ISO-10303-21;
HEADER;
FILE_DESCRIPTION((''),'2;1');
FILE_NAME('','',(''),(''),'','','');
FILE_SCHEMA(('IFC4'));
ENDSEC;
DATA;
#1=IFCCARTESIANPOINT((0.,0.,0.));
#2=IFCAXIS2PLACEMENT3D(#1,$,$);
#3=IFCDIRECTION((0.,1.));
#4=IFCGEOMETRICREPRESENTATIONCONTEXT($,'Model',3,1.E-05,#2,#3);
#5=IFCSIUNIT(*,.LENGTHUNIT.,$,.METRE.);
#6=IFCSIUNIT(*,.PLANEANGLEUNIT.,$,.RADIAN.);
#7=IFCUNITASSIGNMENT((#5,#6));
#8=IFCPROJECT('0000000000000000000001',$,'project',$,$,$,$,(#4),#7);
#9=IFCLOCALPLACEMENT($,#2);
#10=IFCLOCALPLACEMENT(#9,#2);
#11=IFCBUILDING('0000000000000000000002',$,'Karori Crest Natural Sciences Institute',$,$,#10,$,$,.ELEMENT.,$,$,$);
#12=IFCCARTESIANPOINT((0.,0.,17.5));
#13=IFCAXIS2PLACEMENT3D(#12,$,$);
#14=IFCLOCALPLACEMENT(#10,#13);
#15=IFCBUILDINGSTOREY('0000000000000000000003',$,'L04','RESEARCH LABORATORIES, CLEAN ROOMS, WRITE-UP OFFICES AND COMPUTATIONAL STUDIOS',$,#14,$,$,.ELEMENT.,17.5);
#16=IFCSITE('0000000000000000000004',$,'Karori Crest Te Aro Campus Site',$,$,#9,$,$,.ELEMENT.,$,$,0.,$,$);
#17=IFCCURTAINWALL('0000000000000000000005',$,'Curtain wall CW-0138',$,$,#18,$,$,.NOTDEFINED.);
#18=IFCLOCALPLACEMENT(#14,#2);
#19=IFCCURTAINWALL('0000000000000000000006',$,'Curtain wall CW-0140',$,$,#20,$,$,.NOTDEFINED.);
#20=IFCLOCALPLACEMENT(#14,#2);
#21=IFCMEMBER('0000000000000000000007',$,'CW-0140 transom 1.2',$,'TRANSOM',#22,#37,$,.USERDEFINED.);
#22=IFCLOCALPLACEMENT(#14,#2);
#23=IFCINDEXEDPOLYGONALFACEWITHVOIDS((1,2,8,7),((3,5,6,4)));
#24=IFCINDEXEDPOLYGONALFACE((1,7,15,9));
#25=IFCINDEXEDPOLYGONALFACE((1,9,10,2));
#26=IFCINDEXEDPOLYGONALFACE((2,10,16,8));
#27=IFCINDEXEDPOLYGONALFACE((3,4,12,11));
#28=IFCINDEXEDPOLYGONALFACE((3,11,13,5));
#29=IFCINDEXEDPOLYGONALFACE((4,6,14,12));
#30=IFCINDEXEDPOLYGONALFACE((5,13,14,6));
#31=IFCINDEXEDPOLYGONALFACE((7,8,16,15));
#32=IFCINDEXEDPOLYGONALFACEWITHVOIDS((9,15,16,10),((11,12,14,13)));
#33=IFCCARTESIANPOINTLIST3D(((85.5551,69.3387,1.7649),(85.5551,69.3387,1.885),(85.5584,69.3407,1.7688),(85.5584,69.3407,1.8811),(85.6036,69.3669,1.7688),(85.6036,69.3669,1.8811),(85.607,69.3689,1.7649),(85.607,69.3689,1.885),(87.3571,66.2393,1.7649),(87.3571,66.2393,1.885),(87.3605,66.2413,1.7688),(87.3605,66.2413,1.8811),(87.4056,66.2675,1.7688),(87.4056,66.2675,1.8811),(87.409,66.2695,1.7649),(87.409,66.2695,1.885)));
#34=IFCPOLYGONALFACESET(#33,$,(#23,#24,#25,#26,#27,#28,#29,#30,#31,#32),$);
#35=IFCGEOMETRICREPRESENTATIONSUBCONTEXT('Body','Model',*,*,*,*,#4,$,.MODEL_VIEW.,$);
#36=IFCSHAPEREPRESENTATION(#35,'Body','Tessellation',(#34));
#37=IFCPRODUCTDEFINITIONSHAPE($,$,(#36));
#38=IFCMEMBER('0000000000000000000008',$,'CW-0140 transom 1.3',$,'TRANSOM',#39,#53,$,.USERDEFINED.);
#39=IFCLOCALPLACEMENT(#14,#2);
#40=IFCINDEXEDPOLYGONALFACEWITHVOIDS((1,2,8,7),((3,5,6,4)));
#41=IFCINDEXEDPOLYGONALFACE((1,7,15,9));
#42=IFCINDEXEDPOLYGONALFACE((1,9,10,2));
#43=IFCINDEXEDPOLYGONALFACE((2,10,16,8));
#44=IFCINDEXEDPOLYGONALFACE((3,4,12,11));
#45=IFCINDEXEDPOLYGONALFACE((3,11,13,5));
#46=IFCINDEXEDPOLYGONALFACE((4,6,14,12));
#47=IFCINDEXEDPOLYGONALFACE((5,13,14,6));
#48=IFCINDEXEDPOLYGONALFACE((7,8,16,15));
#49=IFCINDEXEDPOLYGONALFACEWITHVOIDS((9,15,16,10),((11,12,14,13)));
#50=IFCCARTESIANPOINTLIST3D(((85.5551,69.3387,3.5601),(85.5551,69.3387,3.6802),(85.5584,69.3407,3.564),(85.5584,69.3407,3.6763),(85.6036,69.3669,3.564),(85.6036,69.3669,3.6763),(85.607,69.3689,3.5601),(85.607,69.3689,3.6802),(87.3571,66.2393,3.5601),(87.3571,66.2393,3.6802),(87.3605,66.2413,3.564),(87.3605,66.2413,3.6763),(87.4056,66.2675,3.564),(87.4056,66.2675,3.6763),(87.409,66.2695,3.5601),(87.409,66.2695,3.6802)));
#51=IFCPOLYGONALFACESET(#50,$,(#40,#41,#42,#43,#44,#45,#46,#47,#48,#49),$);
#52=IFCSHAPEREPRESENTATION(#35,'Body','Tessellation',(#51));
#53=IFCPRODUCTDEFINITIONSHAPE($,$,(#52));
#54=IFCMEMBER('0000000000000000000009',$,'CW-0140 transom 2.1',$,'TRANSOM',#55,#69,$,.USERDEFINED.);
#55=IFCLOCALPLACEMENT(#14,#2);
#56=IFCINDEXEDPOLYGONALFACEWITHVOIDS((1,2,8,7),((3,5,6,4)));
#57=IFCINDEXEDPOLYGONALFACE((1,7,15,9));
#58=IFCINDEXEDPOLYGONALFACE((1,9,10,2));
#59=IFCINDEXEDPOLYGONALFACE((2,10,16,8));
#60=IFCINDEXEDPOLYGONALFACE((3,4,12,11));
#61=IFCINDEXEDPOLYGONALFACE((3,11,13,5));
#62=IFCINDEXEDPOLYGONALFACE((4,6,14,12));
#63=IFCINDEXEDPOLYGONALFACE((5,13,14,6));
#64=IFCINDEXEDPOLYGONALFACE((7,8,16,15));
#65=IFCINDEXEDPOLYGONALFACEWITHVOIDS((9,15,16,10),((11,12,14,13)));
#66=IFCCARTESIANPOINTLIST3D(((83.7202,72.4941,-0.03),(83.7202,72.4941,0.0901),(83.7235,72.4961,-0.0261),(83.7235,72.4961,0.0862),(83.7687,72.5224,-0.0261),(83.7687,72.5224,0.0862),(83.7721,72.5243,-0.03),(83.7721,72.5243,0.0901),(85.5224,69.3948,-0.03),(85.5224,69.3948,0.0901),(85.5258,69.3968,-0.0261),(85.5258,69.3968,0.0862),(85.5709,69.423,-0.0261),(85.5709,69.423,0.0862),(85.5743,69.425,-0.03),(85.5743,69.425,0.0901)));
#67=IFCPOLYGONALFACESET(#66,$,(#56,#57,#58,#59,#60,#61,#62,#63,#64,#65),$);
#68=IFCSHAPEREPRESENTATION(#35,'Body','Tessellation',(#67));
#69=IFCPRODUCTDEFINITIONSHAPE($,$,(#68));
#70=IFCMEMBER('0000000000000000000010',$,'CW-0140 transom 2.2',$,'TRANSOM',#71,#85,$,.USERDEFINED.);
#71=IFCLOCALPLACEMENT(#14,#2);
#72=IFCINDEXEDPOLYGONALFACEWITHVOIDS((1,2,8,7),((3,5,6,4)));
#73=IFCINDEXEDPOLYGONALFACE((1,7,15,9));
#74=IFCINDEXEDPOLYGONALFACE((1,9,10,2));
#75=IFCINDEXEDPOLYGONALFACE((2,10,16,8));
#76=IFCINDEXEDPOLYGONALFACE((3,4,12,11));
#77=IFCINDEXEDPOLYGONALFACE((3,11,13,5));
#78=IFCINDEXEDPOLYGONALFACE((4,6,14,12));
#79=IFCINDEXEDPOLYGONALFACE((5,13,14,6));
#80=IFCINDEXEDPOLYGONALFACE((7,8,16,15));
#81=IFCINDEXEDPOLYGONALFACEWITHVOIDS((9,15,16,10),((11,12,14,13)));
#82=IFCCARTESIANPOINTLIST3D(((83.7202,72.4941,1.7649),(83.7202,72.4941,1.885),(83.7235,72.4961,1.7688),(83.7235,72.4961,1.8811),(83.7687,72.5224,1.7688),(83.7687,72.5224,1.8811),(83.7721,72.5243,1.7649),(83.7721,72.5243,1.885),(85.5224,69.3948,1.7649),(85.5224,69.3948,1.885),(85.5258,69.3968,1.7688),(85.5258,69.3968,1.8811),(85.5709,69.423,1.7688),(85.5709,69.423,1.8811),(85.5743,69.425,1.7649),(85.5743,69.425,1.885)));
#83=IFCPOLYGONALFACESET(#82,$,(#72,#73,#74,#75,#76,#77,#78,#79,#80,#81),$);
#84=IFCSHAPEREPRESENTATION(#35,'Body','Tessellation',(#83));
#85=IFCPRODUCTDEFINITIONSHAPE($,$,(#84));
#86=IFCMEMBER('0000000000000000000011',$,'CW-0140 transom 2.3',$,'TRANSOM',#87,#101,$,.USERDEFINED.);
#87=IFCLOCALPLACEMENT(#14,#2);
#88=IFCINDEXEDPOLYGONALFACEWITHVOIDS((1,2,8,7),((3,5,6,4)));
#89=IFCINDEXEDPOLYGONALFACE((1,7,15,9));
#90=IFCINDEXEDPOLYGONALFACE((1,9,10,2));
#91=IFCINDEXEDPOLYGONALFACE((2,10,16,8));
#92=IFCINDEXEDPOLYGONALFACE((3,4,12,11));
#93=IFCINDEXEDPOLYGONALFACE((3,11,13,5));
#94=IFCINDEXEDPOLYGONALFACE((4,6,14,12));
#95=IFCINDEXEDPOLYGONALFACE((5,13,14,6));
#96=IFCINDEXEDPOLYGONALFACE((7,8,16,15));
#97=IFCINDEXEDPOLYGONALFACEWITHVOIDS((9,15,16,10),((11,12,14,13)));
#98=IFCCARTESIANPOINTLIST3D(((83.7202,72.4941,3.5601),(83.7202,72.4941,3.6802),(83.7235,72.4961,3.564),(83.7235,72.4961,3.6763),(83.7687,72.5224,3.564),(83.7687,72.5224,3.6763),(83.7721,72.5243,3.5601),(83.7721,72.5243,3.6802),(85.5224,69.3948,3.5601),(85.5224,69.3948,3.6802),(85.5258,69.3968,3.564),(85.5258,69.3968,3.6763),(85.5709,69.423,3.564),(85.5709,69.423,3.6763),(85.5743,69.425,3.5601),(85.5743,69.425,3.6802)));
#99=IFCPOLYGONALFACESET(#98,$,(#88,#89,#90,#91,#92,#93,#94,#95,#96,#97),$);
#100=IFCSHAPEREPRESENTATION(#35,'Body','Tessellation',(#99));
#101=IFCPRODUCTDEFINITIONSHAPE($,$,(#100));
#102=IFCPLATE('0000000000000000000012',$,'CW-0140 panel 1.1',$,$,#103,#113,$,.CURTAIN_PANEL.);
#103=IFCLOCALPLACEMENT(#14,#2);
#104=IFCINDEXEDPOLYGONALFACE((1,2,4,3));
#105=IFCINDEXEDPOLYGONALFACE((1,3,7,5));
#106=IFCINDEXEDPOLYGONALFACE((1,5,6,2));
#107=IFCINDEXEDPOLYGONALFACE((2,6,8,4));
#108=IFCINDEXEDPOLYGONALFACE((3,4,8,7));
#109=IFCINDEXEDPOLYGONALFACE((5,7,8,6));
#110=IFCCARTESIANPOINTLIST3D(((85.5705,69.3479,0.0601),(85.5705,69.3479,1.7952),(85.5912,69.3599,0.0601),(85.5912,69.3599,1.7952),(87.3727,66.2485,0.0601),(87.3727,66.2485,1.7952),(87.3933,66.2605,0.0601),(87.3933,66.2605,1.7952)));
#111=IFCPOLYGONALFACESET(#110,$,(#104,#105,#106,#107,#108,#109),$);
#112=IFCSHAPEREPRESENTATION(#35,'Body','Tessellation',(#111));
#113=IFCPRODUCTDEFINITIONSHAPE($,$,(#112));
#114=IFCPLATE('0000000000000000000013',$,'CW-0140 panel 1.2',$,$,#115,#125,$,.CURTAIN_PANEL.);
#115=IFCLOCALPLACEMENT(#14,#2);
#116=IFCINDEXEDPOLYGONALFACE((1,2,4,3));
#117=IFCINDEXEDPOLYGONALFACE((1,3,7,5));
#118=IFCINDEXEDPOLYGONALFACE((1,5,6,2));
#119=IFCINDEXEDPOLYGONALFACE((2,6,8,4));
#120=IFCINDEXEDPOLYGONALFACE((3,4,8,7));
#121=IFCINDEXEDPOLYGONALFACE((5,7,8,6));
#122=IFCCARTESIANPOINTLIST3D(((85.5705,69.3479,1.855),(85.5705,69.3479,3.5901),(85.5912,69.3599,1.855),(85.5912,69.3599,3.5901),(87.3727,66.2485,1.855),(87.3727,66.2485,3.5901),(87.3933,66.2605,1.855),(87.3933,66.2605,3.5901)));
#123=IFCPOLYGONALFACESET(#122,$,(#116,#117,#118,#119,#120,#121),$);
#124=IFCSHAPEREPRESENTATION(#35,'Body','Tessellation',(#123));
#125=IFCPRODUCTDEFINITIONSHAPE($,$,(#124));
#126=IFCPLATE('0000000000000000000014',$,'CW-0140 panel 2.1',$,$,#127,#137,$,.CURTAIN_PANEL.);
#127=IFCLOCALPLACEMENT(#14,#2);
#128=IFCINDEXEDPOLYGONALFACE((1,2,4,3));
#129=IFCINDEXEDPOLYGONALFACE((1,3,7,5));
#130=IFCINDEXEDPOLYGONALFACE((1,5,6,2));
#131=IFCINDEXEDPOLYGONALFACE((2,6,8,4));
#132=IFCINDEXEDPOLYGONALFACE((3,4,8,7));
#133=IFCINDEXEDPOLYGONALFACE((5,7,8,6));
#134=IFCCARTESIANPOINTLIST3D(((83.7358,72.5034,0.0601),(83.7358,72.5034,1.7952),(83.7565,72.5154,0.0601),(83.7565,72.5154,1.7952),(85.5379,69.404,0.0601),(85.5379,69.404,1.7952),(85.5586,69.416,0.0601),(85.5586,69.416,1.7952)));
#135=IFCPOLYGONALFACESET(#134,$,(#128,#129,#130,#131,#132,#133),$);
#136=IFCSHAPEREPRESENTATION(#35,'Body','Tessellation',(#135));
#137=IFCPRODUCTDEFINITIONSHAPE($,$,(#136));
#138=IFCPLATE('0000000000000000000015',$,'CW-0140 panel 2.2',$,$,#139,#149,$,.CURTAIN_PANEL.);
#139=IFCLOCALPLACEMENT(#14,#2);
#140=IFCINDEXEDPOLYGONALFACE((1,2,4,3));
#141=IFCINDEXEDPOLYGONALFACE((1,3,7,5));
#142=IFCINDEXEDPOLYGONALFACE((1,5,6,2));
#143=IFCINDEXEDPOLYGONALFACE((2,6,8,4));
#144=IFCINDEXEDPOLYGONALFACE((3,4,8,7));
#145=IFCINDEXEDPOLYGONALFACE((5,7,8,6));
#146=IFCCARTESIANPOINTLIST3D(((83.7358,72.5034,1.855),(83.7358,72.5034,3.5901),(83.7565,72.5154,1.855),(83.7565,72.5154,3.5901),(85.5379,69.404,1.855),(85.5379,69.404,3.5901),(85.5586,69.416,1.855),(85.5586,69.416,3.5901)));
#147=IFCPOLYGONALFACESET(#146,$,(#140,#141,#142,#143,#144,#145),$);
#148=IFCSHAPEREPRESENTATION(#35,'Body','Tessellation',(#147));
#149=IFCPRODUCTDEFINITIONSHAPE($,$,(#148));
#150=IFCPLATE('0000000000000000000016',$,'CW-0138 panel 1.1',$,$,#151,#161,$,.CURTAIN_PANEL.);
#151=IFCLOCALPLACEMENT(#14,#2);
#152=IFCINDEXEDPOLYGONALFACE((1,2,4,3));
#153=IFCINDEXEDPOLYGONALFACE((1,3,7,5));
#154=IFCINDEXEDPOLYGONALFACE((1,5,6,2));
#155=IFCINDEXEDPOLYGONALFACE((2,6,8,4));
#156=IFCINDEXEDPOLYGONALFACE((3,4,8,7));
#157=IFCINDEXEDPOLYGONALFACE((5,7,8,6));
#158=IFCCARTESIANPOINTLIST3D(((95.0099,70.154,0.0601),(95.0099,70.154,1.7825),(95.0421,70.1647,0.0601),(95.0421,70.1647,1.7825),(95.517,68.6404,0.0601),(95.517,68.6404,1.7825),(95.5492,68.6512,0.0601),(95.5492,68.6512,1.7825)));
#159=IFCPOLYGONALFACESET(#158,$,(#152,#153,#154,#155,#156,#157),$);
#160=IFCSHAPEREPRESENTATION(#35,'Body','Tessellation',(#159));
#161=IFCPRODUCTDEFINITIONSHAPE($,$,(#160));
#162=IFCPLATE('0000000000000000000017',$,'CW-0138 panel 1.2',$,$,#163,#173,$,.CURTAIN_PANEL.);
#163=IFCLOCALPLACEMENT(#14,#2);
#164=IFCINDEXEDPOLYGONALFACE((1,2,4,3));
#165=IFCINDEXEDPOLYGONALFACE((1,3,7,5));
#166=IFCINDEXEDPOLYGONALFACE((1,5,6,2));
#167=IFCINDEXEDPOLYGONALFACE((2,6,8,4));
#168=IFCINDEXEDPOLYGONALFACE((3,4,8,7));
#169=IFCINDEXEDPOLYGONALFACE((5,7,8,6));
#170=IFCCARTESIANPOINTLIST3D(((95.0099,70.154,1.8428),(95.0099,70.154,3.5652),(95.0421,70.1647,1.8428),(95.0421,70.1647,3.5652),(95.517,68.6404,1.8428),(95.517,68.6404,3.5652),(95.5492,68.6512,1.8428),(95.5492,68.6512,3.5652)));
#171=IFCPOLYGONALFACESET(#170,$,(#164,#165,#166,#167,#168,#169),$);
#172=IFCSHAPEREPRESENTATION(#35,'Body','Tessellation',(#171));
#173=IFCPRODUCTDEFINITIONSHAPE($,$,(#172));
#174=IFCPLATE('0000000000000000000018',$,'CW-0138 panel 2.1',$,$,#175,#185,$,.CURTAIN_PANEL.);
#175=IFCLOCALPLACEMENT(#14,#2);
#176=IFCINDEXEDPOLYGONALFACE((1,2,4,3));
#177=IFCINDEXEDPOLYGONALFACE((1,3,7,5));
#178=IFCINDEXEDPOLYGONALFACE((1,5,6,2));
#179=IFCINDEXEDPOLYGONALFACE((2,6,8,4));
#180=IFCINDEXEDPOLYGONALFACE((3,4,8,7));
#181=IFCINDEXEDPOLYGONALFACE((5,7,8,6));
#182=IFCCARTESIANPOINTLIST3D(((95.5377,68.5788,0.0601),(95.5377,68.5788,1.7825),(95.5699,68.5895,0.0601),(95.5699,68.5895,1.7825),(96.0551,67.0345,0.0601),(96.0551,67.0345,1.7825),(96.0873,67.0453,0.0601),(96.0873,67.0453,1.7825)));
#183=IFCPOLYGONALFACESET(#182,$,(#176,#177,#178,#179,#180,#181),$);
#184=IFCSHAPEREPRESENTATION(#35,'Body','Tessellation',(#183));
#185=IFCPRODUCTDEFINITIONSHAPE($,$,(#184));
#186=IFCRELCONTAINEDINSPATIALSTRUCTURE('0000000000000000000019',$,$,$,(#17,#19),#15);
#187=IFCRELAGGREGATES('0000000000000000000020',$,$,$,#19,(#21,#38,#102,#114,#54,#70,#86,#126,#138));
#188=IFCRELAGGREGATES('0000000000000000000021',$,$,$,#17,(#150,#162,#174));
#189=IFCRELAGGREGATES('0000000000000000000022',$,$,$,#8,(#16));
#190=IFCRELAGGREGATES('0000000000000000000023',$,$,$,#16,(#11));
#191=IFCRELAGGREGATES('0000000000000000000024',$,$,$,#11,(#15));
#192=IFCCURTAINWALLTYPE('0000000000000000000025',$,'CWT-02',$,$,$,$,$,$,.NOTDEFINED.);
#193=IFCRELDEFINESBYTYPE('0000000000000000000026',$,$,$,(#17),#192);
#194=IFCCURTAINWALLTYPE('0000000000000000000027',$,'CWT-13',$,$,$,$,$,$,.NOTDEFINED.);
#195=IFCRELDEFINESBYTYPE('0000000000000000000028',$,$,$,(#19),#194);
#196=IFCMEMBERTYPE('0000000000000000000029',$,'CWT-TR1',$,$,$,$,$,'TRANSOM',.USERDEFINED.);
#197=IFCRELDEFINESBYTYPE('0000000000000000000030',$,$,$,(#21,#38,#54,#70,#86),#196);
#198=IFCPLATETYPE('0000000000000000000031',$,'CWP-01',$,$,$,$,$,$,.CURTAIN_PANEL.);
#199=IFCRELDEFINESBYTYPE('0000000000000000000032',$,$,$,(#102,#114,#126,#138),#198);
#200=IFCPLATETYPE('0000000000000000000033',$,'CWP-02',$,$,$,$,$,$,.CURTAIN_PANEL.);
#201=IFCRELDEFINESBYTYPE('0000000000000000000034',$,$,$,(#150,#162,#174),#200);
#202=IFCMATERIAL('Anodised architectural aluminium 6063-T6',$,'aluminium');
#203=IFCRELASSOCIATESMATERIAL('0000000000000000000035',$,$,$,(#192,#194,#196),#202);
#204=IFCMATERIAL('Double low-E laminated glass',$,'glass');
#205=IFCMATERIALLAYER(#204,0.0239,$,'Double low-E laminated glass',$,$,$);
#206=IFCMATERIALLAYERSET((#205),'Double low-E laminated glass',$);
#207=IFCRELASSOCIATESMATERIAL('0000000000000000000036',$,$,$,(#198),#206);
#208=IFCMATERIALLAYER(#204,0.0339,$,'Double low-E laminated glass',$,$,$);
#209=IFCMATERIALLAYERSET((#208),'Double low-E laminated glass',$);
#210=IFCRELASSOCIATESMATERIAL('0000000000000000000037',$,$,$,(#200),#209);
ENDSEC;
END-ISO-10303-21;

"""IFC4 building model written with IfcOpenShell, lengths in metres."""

from ifc_helpers import new_model, si_unit, direction, frame, origin, origin_2d, place, context, subcontext, project, spatial, rectangle, hollow_rectangle, extrude, material, layer, layer_set, material_profile, profile_set, type_object, element, aggregate, save


model = new_model("IFC4")

# Units and contexts
model_context = context("Model", 3, precision=1e-05, world=origin(), true_north=direction((0.0, 1.0)))
body_context = subcontext(model_context, "Body", "Model", "MODEL_VIEW")
ifc_project = project(units=[si_unit("LENGTHUNIT", "METRE"), si_unit("PLANEANGLEUNIT", "RADIAN")], contexts=[model_context])

# Site, building, storey
site_placement = place(None, origin())
site = spatial("IfcSite", under=ifc_project, at=site_placement, Name="Karori Crest Te Aro Campus Site", CompositionType="ELEMENT", RefElevation=0.0)
building_placement = place(site_placement, origin())
building = spatial("IfcBuilding", under=site, at=building_placement, Name="Karori Crest Natural Sciences Institute", CompositionType="ELEMENT")
storey_placement = place(building_placement, frame((0.0, 0.0, 17.5)))
storey = spatial("IfcBuildingStorey", under=building, at=storey_placement, Name="L04", Description="RESEARCH LABORATORIES, CLEAN ROOMS, WRITE-UP OFFICES AND COMPUTATIONAL STUDIOS", CompositionType="ELEMENT", Elevation=17.5)

# Curtain wall
ifc_material_1 = material(Name="Anodised architectural aluminium 6063-T6", Category="aluminium")
curtain_wall_type_1 = type_object("IfcCurtainWallType", Name="CWT-02", PredefinedType="NOTDEFINED", material=ifc_material_1)
curtain_wall_1_placement = place(storey_placement, origin())
curtain_wall_1 = element("IfcCurtainWall", 1, at=curtain_wall_1_placement, inside=storey, type_object=curtain_wall_type_1, Name="Curtain wall CW-0138", PredefinedType="NOTDEFINED")

# Curtain wall
curtain_wall_type_2 = type_object("IfcCurtainWallType", Name="CWT-13", PredefinedType="NOTDEFINED", material=ifc_material_1)
curtain_wall_2_placement = place(storey_placement, origin())
curtain_wall_2 = element("IfcCurtainWall", 2, at=curtain_wall_2_placement, inside=storey, type_object=curtain_wall_type_2, Name="Curtain wall CW-0140", PredefinedType="NOTDEFINED")

# Members
ifc_material_profile_1 = material_profile(ifc_material_1, hollow_rectangle(XDim=0.0601, YDim=0.1201, WallThickness=0.0039, at=origin_2d()), Name="CWT120x60x4")
ifc_profile_set_1 = profile_set([ifc_material_profile_1], Name="Anodised architectural aluminium 6063-T6")
member_type_1 = type_object("IfcMemberType", Name="CWT-TR1", ElementType="TRANSOM", PredefinedType="USERDEFINED", material=ifc_profile_set_1)
member_1_placement = place(storey_placement, frame((87.3831, 66.2544, 1.825), z_axis=(-0.50263, 0.864502, 0.0), x_axis=(-0.864502, -0.50263, 0.0)))
member_1 = element("IfcMember", 3, at=member_1_placement, type_object=member_type_1, Name="CW-0140 transom 1.2", ObjectType="TRANSOM", PredefinedType="USERDEFINED", context=body_context, shape_type="SweptSolid", body=[
    extrude(hollow_rectangle(XDim=0.0601, YDim=0.1201, WallThickness=0.0039, at=origin_2d()), origin(), (0.0, 0.0, 1.0), 3.5852),
])
member_2_placement = place(storey_placement, frame((87.3831, 66.2544, 3.6201), z_axis=(-0.50263, 0.864502, 0.0), x_axis=(-0.864502, -0.50263, 0.0)))
member_2 = element("IfcMember", 4, at=member_2_placement, type_object=member_type_1, Name="CW-0140 transom 1.3", ObjectType="TRANSOM", PredefinedType="USERDEFINED", context=body_context, shape_type="SweptSolid", body=[
    extrude(hollow_rectangle(XDim=0.0601, YDim=0.1201, WallThickness=0.0039, at=origin_2d()), origin(), (0.0, 0.0, 1.0), 3.5852),
])
member_3_placement = place(storey_placement, frame((85.5483, 69.4099, 0.03), z_axis=(-0.502681, 0.864472, 0.0), x_axis=(-0.864472, -0.502681, 0.0)))
member_3 = element("IfcMember", 5, at=member_3_placement, type_object=member_type_1, Name="CW-0140 transom 2.1", ObjectType="TRANSOM", PredefinedType="USERDEFINED", context=body_context, shape_type="SweptSolid", body=[
    extrude(hollow_rectangle(XDim=0.0601, YDim=0.1201, WallThickness=0.0039, at=origin_2d()), origin(), (0.0, 0.0, 1.0), 3.5852),
])
member_4_placement = place(storey_placement, frame((85.5483, 69.4099, 1.825), z_axis=(-0.502681, 0.864472, 0.0), x_axis=(-0.864472, -0.502681, 0.0)))
member_4 = element("IfcMember", 6, at=member_4_placement, type_object=member_type_1, Name="CW-0140 transom 2.2", ObjectType="TRANSOM", PredefinedType="USERDEFINED", context=body_context, shape_type="SweptSolid", body=[
    extrude(hollow_rectangle(XDim=0.0601, YDim=0.1201, WallThickness=0.0039, at=origin_2d()), origin(), (0.0, 0.0, 1.0), 3.5852),
])
member_5_placement = place(storey_placement, frame((85.5483, 69.4099, 3.6201), z_axis=(-0.502681, 0.864472, 0.0), x_axis=(-0.864472, -0.502681, 0.0)))
member_5 = element("IfcMember", 7, at=member_5_placement, type_object=member_type_1, Name="CW-0140 transom 2.3", ObjectType="TRANSOM", PredefinedType="USERDEFINED", context=body_context, shape_type="SweptSolid", body=[
    extrude(hollow_rectangle(XDim=0.0601, YDim=0.1201, WallThickness=0.0039, at=origin_2d()), origin(), (0.0, 0.0, 1.0), 3.5852),
])

# Plates
ifc_material_2 = material(Name="Double low-E laminated glass", Category="glass")
ifc_layer_1 = layer(ifc_material_2, 0.0239, Name="Double low-E laminated glass")
ifc_layer_set_1 = layer_set([ifc_layer_1], Name="Double low-E laminated glass")
plate_type_1 = type_object("IfcPlateType", Name="CWP-01", PredefinedType="CURTAIN_PANEL", material=ifc_layer_set_1)
plate_1_placement = place(storey_placement, frame((86.4819, 67.8042, 0.0601), z_axis=(0.0, 0.0, 1.0), x_axis=(-0.502655, 0.864487, 0.0)))
plate_1 = element("IfcPlate", 8, at=plate_1_placement, type_object=plate_type_1, Name="CW-0140 panel 1.1", PredefinedType="CURTAIN_PANEL", context=body_context, shape_type="SweptSolid", body=[
    extrude(rectangle(XDim=3.5852, YDim=0.0239, at=origin_2d()), origin(), (0.0, 0.0, 1.0), 1.7351),
])
plate_2_placement = place(storey_placement, frame((86.4819, 67.8042, 1.855), z_axis=(0.0, 0.0, 1.0), x_axis=(-0.502655, 0.864487, 0.0)))
plate_2 = element("IfcPlate", 9, at=plate_2_placement, type_object=plate_type_1, Name="CW-0140 panel 1.2", PredefinedType="CURTAIN_PANEL", context=body_context, shape_type="SweptSolid", body=[
    extrude(rectangle(XDim=3.5852, YDim=0.0239, at=origin_2d()), origin(), (0.0, 0.0, 1.0), 1.7351),
])
plate_3_placement = place(storey_placement, frame((84.6472, 70.9597, 0.0601), z_axis=(0.0, 0.0, 1.0), x_axis=(-0.502655, 0.864487, 0.0)))
plate_3 = element("IfcPlate", 10, at=plate_3_placement, type_object=plate_type_1, Name="CW-0140 panel 2.1", PredefinedType="CURTAIN_PANEL", context=body_context, shape_type="SweptSolid", body=[
    extrude(rectangle(XDim=3.5852, YDim=0.0239, at=origin_2d()), origin(), (0.0, 0.0, 1.0), 1.7351),
])
plate_4_placement = place(storey_placement, frame((84.6472, 70.9597, 1.855), z_axis=(0.0, 0.0, 1.0), x_axis=(-0.502655, 0.864487, 0.0)))
plate_4 = element("IfcPlate", 11, at=plate_4_placement, type_object=plate_type_1, Name="CW-0140 panel 2.2", PredefinedType="CURTAIN_PANEL", context=body_context, shape_type="SweptSolid", body=[
    extrude(rectangle(XDim=3.5852, YDim=0.0239, at=origin_2d()), origin(), (0.0, 0.0, 1.0), 1.7351),
])
aggregate(curtain_wall_2, [member_1, member_2, plate_1, plate_2, member_3, member_4, member_5, plate_3, plate_4])
ifc_layer_2 = layer(ifc_material_2, 0.0339, Name="Double low-E laminated glass")
ifc_layer_set_2 = layer_set([ifc_layer_2], Name="Double low-E laminated glass")
plate_type_2 = type_object("IfcPlateType", Name="CWP-02", PredefinedType="CURTAIN_PANEL", material=ifc_layer_set_2)
plate_5_placement = place(storey_placement, frame((95.2795, 69.4026, 0.0601), z_axis=(0.0, 0.0, 1.0), x_axis=(0.31768, -0.948198, 0.0)))
plate_5 = element("IfcPlate", 12, at=plate_5_placement, type_object=plate_type_2, Name="CW-0138 panel 1.1", PredefinedType="CURTAIN_PANEL", context=body_context, shape_type="SweptSolid", body=[
    extrude(rectangle(XDim=1.5962, YDim=0.0339, at=origin_2d()), origin(), (0.0, 0.0, 1.0), 1.7224),
])
plate_6_placement = place(storey_placement, frame((95.2795, 69.4026, 1.8428), z_axis=(0.0, 0.0, 1.0), x_axis=(0.31768, -0.948198, 0.0)))
plate_6 = element("IfcPlate", 13, at=plate_6_placement, type_object=plate_type_2, Name="CW-0138 panel 1.2", PredefinedType="CURTAIN_PANEL", context=body_context, shape_type="SweptSolid", body=[
    extrude(rectangle(XDim=1.5962, YDim=0.0339, at=origin_2d()), origin(), (0.0, 0.0, 1.0), 1.7224),
])
plate_7_placement = place(storey_placement, frame((95.8125, 67.812, 0.0601), z_axis=(0.0, 0.0, 1.0), x_axis=(0.31768, -0.948198, 0.0)))
plate_7 = element("IfcPlate", 14, at=plate_7_placement, type_object=plate_type_2, Name="CW-0138 panel 2.1", PredefinedType="CURTAIN_PANEL", context=body_context, shape_type="SweptSolid", body=[
    extrude(rectangle(XDim=1.6287, YDim=0.0339, at=origin_2d()), origin(), (0.0, 0.0, 1.0), 1.7224),
])
aggregate(curtain_wall_1, [plate_5, plate_6, plate_7])

save(model, "model.ifc")
